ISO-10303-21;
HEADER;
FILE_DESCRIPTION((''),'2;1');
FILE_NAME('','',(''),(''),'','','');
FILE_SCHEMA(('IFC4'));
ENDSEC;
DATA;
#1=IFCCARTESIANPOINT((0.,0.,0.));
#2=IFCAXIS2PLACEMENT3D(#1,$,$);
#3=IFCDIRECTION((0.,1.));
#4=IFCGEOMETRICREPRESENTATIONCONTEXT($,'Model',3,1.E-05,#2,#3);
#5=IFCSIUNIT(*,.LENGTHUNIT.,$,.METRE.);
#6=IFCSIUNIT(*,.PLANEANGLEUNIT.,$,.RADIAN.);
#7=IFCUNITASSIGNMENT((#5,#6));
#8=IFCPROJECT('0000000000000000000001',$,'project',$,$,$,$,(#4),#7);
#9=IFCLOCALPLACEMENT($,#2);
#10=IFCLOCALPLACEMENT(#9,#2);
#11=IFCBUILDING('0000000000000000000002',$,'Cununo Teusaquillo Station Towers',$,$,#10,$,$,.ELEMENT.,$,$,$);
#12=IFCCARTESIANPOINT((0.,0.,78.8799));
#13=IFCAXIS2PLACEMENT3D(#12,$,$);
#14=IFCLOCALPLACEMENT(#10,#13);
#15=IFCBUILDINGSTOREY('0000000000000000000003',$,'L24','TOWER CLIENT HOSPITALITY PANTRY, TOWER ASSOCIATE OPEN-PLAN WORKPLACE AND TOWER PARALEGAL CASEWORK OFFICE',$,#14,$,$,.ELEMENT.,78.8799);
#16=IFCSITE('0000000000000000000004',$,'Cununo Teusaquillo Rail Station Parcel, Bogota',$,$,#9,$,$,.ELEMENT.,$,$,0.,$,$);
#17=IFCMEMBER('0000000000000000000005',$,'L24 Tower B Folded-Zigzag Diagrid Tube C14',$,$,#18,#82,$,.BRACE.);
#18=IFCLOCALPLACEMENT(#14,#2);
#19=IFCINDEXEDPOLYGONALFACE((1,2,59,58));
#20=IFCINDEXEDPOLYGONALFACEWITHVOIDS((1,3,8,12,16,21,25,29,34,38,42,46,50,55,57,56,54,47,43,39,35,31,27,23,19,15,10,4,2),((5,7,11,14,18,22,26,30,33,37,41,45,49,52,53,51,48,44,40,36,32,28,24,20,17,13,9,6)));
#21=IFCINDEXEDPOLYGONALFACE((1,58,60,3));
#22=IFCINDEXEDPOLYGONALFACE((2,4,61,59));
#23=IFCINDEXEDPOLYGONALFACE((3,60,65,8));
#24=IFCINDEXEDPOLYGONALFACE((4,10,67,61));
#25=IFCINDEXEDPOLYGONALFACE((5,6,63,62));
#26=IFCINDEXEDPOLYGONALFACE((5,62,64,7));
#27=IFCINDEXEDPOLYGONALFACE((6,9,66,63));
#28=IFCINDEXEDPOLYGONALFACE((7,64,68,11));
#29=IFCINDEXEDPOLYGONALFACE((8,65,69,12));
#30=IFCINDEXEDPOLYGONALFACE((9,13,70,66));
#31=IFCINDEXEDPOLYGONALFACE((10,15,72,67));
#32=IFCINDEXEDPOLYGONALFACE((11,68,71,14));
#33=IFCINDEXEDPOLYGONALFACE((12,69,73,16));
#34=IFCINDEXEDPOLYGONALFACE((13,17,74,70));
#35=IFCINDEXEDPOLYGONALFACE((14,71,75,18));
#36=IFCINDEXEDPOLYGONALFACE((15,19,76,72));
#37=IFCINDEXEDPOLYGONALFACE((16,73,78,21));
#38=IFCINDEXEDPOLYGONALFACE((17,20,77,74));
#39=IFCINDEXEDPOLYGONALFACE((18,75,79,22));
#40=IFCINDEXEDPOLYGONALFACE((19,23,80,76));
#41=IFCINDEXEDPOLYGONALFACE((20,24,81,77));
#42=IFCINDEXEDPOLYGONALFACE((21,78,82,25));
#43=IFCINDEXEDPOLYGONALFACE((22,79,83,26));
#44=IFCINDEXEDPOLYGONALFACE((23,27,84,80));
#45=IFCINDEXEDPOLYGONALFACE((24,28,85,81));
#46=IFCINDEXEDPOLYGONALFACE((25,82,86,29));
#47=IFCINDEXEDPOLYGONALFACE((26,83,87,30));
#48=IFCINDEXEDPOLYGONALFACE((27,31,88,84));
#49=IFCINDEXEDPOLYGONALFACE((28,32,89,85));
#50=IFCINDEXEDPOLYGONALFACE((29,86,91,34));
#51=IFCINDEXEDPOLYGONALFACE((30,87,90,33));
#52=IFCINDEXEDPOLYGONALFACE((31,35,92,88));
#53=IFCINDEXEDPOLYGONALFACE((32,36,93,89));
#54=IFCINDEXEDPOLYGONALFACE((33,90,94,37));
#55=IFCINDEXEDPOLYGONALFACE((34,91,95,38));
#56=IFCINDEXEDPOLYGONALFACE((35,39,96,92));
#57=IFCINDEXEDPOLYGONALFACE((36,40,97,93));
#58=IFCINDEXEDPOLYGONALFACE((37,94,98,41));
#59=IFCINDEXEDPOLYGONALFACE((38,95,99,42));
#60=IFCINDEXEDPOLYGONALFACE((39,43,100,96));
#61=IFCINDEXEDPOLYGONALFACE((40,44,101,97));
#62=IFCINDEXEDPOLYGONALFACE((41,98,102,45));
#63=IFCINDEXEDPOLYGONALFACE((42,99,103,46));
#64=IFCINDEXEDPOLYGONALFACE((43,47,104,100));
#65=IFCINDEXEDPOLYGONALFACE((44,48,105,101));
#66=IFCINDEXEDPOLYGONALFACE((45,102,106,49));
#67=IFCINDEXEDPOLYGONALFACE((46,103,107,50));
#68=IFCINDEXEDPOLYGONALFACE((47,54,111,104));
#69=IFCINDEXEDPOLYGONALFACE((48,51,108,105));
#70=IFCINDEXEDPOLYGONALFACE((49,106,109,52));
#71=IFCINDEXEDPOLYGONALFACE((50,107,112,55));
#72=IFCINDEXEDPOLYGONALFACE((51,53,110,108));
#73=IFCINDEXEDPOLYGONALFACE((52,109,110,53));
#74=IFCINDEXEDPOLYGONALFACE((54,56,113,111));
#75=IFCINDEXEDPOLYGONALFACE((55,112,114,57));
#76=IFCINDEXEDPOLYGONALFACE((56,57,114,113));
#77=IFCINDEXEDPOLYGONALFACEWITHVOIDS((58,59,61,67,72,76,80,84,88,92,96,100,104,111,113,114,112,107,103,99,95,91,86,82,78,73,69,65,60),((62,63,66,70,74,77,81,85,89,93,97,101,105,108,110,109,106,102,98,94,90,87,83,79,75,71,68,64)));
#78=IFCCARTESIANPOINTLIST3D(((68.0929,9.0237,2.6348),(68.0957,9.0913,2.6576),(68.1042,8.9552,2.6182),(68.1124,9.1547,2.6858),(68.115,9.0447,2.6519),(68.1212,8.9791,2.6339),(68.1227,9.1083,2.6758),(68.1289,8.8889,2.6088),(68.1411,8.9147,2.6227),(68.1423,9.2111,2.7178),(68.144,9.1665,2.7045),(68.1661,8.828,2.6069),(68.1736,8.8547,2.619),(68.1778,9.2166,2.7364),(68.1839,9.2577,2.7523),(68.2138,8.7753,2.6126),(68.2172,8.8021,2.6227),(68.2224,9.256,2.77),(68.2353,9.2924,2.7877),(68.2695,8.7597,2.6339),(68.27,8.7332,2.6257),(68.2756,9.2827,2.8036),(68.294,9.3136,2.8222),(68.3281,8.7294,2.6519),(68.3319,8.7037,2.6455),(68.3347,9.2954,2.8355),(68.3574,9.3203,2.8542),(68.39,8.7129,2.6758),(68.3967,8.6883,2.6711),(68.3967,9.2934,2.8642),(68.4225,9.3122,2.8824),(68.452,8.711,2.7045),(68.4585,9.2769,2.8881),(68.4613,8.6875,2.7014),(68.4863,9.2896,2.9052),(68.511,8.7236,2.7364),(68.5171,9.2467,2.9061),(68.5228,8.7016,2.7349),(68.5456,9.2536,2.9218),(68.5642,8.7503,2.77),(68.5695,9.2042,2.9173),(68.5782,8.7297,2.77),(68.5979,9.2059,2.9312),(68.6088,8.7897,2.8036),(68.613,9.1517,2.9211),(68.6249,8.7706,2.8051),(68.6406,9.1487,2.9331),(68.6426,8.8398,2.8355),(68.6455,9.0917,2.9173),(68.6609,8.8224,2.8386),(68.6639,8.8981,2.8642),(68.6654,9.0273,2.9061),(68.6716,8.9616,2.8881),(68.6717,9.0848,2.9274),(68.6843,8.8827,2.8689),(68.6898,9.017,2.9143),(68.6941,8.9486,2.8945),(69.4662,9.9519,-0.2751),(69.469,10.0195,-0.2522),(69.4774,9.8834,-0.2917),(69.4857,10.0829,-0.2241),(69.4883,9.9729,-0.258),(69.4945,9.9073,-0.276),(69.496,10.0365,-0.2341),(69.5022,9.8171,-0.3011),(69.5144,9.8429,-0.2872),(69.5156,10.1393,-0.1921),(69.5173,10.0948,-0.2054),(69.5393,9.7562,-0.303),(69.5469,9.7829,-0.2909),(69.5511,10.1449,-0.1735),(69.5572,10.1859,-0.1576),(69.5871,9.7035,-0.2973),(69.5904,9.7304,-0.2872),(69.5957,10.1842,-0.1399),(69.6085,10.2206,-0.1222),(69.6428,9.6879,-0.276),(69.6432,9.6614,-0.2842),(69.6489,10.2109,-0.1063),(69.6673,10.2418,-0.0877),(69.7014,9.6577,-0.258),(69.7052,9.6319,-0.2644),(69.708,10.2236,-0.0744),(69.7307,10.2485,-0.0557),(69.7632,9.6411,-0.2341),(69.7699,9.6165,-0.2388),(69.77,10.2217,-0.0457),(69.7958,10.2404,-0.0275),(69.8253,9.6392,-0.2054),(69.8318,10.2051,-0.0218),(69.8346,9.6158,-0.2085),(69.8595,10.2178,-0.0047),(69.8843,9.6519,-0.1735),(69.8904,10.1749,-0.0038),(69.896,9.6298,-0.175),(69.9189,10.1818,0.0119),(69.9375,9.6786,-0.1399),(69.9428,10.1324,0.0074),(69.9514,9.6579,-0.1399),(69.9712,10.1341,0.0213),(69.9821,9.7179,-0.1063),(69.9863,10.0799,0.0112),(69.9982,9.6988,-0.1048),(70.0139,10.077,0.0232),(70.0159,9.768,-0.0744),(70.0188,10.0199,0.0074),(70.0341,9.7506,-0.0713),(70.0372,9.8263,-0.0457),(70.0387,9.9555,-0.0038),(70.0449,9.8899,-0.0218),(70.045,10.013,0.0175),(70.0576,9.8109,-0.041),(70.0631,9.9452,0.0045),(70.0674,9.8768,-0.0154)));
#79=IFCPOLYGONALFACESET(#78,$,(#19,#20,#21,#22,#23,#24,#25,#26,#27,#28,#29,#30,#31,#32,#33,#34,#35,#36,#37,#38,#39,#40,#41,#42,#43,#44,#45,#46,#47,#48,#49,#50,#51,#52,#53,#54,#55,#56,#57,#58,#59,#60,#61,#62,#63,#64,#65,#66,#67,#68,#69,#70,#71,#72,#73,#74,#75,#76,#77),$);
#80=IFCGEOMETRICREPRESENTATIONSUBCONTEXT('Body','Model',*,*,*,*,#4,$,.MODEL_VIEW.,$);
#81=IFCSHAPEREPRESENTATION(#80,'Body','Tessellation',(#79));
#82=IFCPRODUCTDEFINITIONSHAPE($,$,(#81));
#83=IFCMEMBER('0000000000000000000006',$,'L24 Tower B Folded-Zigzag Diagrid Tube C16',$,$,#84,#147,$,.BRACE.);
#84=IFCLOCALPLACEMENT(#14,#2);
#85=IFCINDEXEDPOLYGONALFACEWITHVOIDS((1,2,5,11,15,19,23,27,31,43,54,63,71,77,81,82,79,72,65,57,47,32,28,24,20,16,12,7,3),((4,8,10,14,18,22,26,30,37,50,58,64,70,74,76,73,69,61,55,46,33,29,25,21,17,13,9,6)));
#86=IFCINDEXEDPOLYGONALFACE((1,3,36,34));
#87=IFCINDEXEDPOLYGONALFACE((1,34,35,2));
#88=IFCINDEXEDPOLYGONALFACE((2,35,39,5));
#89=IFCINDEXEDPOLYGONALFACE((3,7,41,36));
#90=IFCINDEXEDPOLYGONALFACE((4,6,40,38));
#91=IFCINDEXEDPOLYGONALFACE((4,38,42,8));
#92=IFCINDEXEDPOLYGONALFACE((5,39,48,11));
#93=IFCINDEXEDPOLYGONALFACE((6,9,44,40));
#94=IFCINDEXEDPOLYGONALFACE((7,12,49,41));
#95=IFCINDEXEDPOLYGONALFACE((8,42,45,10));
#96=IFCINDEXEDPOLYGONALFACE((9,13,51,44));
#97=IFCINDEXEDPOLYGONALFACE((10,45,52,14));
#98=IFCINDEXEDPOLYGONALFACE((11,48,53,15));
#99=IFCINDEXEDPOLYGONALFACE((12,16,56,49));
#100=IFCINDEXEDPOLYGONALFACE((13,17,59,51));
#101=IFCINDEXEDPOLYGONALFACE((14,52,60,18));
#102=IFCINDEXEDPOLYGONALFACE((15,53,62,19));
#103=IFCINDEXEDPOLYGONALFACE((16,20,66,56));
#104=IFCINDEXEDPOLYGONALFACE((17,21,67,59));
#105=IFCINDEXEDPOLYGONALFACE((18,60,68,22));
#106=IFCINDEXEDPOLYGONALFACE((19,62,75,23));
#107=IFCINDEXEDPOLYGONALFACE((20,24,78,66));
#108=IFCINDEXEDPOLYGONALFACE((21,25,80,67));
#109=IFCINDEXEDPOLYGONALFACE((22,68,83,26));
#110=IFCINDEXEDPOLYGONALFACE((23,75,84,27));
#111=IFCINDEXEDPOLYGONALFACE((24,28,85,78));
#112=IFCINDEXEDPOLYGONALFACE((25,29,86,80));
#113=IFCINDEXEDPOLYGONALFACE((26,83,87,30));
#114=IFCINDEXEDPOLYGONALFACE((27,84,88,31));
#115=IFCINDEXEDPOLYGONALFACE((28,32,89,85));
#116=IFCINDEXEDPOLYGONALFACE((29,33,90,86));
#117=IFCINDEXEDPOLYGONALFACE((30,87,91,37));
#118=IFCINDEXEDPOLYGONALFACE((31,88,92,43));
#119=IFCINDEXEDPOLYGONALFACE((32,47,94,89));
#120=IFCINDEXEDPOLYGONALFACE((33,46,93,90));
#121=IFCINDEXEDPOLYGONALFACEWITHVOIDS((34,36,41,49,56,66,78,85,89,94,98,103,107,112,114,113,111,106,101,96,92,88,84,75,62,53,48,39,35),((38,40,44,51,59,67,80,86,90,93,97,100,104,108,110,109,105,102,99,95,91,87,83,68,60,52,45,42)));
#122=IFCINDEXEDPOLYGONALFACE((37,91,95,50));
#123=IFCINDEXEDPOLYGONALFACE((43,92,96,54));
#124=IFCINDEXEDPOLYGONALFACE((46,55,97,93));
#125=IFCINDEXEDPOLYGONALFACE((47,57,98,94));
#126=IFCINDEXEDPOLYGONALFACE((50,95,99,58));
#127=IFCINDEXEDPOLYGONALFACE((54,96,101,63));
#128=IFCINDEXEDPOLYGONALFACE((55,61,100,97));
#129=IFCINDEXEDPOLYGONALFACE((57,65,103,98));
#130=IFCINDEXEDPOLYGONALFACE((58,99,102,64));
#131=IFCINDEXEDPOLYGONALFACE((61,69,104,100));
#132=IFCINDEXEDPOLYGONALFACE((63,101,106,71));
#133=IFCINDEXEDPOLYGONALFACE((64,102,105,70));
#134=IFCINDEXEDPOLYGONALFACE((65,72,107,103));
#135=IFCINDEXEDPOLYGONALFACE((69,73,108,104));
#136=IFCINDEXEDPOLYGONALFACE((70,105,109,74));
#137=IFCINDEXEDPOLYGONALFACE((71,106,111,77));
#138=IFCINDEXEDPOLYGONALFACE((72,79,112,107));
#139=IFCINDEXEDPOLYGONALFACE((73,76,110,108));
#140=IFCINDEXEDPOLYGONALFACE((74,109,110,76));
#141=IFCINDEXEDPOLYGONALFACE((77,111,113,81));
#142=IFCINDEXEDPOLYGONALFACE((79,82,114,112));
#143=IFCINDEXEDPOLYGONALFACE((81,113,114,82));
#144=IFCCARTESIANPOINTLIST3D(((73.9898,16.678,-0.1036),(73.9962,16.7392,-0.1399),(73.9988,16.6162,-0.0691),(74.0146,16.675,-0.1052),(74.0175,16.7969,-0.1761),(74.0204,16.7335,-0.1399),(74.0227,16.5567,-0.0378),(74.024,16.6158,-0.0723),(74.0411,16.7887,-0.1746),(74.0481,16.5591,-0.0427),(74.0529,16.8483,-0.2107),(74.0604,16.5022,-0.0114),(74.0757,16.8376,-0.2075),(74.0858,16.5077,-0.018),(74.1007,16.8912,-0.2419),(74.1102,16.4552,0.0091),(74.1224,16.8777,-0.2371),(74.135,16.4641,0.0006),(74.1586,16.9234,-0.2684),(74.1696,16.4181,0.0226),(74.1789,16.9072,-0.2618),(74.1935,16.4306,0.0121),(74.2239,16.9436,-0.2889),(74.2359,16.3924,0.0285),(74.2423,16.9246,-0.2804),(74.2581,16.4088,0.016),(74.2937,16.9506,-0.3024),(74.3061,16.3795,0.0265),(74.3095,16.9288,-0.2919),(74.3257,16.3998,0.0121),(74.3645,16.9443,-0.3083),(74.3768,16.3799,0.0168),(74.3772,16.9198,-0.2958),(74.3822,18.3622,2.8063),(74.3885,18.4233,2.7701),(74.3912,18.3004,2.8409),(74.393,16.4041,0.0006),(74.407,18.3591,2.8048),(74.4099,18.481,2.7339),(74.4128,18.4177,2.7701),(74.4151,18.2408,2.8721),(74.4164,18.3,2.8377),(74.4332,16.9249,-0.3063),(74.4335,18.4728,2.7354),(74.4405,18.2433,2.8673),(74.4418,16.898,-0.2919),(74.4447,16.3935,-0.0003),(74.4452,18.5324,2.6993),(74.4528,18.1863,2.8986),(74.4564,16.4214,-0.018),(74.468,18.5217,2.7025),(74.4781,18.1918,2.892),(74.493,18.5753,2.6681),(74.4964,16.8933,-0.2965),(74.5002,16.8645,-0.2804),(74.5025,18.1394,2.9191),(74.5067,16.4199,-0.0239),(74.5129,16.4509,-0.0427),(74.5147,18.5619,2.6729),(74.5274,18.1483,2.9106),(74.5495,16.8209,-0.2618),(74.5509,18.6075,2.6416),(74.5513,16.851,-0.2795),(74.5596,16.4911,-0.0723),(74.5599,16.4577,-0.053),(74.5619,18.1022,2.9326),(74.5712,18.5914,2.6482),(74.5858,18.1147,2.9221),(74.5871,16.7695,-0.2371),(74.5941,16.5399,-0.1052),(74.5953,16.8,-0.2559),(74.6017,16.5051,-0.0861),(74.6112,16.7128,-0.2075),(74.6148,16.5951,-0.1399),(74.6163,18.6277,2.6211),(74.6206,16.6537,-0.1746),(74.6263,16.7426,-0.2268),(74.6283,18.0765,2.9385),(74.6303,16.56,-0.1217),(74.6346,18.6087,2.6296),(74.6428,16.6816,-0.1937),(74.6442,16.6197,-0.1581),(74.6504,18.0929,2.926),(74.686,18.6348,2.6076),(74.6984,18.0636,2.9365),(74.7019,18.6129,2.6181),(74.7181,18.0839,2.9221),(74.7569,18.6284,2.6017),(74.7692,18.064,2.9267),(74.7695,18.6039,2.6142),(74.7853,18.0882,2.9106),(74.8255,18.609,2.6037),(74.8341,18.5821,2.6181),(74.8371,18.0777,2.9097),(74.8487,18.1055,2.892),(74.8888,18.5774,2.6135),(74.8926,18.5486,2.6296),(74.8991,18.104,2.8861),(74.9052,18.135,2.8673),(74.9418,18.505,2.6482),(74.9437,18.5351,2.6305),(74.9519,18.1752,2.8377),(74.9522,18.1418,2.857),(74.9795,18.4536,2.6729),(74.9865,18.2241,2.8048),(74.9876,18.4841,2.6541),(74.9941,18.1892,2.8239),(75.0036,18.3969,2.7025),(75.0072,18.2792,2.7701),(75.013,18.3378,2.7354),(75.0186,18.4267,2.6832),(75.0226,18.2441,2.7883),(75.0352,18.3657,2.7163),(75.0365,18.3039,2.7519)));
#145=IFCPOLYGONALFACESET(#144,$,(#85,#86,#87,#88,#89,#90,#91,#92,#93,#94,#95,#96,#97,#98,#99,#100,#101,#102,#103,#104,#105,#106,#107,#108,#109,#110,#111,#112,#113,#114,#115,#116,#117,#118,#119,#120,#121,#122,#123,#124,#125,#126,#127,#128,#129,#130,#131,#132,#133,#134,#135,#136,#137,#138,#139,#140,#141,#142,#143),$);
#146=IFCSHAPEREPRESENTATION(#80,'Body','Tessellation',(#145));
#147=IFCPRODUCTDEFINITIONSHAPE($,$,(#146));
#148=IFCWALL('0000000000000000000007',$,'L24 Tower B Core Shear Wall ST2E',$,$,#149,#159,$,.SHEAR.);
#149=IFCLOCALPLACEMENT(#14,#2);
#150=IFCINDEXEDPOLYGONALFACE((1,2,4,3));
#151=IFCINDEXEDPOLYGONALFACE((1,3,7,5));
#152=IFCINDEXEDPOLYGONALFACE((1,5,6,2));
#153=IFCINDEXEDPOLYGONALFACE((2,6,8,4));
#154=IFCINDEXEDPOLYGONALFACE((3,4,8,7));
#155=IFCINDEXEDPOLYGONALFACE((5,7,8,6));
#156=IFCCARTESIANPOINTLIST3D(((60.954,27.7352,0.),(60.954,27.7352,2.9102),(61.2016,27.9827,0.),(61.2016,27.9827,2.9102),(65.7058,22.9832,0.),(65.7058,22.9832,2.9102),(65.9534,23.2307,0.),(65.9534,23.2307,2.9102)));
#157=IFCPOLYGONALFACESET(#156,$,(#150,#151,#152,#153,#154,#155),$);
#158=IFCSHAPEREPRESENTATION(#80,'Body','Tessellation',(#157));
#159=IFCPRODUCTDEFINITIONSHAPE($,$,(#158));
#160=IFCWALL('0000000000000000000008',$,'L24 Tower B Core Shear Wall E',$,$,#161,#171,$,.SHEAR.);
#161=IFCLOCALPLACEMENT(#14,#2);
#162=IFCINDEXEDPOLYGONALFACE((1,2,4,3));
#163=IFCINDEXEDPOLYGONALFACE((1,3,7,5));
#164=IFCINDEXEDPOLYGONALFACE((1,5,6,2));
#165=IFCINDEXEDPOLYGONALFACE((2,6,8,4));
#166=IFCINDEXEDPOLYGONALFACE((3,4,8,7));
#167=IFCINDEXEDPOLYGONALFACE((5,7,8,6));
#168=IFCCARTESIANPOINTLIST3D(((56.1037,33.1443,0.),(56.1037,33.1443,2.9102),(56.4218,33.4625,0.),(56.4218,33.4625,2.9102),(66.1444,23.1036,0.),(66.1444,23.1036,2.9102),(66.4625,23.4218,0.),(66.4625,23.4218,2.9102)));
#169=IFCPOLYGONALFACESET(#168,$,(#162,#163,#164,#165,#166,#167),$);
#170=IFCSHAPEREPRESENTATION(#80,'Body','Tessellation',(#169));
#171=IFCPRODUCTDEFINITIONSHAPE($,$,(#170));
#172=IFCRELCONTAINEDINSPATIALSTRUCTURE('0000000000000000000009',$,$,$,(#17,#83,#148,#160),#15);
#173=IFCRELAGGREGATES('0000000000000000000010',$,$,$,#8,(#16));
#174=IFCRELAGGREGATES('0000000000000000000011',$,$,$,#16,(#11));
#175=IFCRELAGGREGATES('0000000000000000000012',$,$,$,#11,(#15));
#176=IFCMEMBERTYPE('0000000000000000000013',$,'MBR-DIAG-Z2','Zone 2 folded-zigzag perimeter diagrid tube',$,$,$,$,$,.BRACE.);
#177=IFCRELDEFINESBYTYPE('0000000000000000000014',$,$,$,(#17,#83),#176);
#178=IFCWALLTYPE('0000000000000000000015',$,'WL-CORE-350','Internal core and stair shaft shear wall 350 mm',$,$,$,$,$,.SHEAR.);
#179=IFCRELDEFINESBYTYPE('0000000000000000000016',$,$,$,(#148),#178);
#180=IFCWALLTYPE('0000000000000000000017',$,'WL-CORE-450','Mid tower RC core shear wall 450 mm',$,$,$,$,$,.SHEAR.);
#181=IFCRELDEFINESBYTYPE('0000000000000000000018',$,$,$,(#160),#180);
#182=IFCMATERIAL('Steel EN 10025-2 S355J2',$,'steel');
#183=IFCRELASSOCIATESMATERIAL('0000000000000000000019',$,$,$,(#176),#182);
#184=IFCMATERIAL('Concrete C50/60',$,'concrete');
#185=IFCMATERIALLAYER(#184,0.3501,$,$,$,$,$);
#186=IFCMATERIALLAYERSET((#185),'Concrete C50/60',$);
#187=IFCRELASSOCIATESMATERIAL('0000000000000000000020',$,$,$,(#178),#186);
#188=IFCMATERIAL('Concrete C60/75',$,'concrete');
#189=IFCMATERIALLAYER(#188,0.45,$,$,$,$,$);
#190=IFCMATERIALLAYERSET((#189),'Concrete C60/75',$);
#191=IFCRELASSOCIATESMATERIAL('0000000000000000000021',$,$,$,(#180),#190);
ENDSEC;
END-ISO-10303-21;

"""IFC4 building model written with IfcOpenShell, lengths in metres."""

from ifc_helpers import new_model, si_unit, direction, frame, frame_2d, origin, origin_2d, place, context, subcontext, project, spatial, rectangle, hollow_circle, extrude, material, layer, layer_set, material_profile, profile_set, type_object, element, save


model = new_model("IFC4")

# Units and contexts
model_context = context("Model", 3, precision=1e-05, world=origin(), true_north=direction((0.0, 1.0)))
body_context = subcontext(model_context, "Body", "Model", "MODEL_VIEW")
ifc_project = project(units=[si_unit("LENGTHUNIT", "METRE"), si_unit("PLANEANGLEUNIT", "RADIAN")], contexts=[model_context])

# Site, building, storey
site_placement = place(None, origin())
site = spatial("IfcSite", under=ifc_project, at=site_placement, Name="Cununo Teusaquillo Rail Station Parcel, Bogota", CompositionType="ELEMENT", RefElevation=0.0)
building_placement = place(site_placement, origin())
building = spatial("IfcBuilding", under=site, at=building_placement, Name="Cununo Teusaquillo Station Towers", CompositionType="ELEMENT")
storey_placement = place(building_placement, frame((0.0, 0.0, 78.8799)))
storey = spatial("IfcBuildingStorey", under=building, at=storey_placement, Name="L24", Description="TOWER CLIENT HOSPITALITY PANTRY, TOWER ASSOCIATE OPEN-PLAN WORKPLACE AND TOWER PARALEGAL CASEWORK OFFICE", CompositionType="ELEMENT", Elevation=78.8799)

# Members
ifc_material_1 = material(Name="Steel EN 10025-2 S355J2", Category="steel")
ifc_material_profile_1 = material_profile(ifc_material_1, hollow_circle(Radius=0.3301, WallThickness=0.0249, at=origin_2d()), Name="CHS 660x25")
ifc_profile_set_1 = profile_set([ifc_material_profile_1], Name="Steel EN 10025-2 S355J2")
member_type = type_object("IfcMemberType", Name="MBR-DIAG-Z2", Description="Zone 2 folded-zigzag perimeter diagrid tube", PredefinedType="BRACE", material=ifc_profile_set_1)
member_1_placement = place(storey_placement, frame((69.7666, 9.9314, -0.1399), z_axis=(-0.410073, -0.277173, 0.868916), x_axis=(0.559991, -0.828498, 0.0)))
element("IfcMember", 1, at=member_1_placement, inside=storey, type_object=member_type, Name="L24 Tower B Folded-Zigzag Diagrid Tube C14", PredefinedType="BRACE", context=body_context, shape_type="SweptSolid", body=[
    extrude(hollow_circle(Radius=0.3301, WallThickness=0.0249, at=origin_2d()), origin(), (0.0, 0.0, 1.0), 3.3489),
])
member_2_placement = place(storey_placement, frame((74.3176, 16.6643, -0.1399), z_axis=(0.115907, 0.497526, 0.859671), x_axis=(-0.97392, 0.22689, 0.0)))
element("IfcMember", 2, at=member_2_placement, inside=storey, type_object=member_type, Name="L24 Tower B Folded-Zigzag Diagrid Tube C16", PredefinedType="BRACE", context=body_context, shape_type="SweptSolid", body=[
    extrude(hollow_circle(Radius=0.3301, WallThickness=0.0249, at=origin_2d()), origin(), (0.0, 0.0, 1.0), 3.385),
])

# Walls
ifc_material_2 = material(Name="Concrete C50/60", Category="concrete")
ifc_layer_1 = layer(ifc_material_2, 0.3501)
ifc_layer_set_1 = layer_set([ifc_layer_1], Name="Concrete C50/60")
wall_type_1 = type_object("IfcWallType", Name="WL-CORE-350", Description="Internal core and stair shaft shear wall 350 mm", PredefinedType="SHEAR", material=ifc_layer_set_1)
wall_1_placement = place(storey_placement, frame((65.8296, 23.1069, 0.0), z_axis=(0.0, 0.0, 1.0), x_axis=(-0.707089, 0.707125, 0.0)))
element("IfcWall", 3, at=wall_1_placement, inside=storey, type_object=wall_type_1, Name="L24 Tower B Core Shear Wall ST2E", PredefinedType="SHEAR", context=body_context, shape_type="SweptSolid", body=[
    extrude(rectangle(XDim=6.7202, YDim=0.3501, at=frame_2d((3.3601, 0.0))), origin(), (0.0, 0.0, 1.0), 2.9102),
])
ifc_material_3 = material(Name="Concrete C60/75", Category="concrete")
ifc_layer_2 = layer(ifc_material_3, 0.45)
ifc_layer_set_2 = layer_set([ifc_layer_2], Name="Concrete C60/75")
wall_type_2 = type_object("IfcWallType", Name="WL-CORE-450", Description="Mid tower RC core shear wall 450 mm", PredefinedType="SHEAR", material=ifc_layer_set_2)
wall_2_placement = place(storey_placement, frame((66.3035, 23.2627, 0.0), z_axis=(0.0, 0.0, 1.0), x_axis=(-0.707107, 0.707107, 0.0)))
element("IfcWall", 4, at=wall_2_placement, inside=storey, type_object=wall_type_2, Name="L24 Tower B Core Shear Wall E", PredefinedType="SHEAR", context=body_context, shape_type="SweptSolid", body=[
    extrude(rectangle(XDim=14.1997, YDim=0.45, at=frame_2d((7.0999, 0.0))), origin(), (0.0, 0.0, 1.0), 2.9102),
])

save(model, "model.ifc")
